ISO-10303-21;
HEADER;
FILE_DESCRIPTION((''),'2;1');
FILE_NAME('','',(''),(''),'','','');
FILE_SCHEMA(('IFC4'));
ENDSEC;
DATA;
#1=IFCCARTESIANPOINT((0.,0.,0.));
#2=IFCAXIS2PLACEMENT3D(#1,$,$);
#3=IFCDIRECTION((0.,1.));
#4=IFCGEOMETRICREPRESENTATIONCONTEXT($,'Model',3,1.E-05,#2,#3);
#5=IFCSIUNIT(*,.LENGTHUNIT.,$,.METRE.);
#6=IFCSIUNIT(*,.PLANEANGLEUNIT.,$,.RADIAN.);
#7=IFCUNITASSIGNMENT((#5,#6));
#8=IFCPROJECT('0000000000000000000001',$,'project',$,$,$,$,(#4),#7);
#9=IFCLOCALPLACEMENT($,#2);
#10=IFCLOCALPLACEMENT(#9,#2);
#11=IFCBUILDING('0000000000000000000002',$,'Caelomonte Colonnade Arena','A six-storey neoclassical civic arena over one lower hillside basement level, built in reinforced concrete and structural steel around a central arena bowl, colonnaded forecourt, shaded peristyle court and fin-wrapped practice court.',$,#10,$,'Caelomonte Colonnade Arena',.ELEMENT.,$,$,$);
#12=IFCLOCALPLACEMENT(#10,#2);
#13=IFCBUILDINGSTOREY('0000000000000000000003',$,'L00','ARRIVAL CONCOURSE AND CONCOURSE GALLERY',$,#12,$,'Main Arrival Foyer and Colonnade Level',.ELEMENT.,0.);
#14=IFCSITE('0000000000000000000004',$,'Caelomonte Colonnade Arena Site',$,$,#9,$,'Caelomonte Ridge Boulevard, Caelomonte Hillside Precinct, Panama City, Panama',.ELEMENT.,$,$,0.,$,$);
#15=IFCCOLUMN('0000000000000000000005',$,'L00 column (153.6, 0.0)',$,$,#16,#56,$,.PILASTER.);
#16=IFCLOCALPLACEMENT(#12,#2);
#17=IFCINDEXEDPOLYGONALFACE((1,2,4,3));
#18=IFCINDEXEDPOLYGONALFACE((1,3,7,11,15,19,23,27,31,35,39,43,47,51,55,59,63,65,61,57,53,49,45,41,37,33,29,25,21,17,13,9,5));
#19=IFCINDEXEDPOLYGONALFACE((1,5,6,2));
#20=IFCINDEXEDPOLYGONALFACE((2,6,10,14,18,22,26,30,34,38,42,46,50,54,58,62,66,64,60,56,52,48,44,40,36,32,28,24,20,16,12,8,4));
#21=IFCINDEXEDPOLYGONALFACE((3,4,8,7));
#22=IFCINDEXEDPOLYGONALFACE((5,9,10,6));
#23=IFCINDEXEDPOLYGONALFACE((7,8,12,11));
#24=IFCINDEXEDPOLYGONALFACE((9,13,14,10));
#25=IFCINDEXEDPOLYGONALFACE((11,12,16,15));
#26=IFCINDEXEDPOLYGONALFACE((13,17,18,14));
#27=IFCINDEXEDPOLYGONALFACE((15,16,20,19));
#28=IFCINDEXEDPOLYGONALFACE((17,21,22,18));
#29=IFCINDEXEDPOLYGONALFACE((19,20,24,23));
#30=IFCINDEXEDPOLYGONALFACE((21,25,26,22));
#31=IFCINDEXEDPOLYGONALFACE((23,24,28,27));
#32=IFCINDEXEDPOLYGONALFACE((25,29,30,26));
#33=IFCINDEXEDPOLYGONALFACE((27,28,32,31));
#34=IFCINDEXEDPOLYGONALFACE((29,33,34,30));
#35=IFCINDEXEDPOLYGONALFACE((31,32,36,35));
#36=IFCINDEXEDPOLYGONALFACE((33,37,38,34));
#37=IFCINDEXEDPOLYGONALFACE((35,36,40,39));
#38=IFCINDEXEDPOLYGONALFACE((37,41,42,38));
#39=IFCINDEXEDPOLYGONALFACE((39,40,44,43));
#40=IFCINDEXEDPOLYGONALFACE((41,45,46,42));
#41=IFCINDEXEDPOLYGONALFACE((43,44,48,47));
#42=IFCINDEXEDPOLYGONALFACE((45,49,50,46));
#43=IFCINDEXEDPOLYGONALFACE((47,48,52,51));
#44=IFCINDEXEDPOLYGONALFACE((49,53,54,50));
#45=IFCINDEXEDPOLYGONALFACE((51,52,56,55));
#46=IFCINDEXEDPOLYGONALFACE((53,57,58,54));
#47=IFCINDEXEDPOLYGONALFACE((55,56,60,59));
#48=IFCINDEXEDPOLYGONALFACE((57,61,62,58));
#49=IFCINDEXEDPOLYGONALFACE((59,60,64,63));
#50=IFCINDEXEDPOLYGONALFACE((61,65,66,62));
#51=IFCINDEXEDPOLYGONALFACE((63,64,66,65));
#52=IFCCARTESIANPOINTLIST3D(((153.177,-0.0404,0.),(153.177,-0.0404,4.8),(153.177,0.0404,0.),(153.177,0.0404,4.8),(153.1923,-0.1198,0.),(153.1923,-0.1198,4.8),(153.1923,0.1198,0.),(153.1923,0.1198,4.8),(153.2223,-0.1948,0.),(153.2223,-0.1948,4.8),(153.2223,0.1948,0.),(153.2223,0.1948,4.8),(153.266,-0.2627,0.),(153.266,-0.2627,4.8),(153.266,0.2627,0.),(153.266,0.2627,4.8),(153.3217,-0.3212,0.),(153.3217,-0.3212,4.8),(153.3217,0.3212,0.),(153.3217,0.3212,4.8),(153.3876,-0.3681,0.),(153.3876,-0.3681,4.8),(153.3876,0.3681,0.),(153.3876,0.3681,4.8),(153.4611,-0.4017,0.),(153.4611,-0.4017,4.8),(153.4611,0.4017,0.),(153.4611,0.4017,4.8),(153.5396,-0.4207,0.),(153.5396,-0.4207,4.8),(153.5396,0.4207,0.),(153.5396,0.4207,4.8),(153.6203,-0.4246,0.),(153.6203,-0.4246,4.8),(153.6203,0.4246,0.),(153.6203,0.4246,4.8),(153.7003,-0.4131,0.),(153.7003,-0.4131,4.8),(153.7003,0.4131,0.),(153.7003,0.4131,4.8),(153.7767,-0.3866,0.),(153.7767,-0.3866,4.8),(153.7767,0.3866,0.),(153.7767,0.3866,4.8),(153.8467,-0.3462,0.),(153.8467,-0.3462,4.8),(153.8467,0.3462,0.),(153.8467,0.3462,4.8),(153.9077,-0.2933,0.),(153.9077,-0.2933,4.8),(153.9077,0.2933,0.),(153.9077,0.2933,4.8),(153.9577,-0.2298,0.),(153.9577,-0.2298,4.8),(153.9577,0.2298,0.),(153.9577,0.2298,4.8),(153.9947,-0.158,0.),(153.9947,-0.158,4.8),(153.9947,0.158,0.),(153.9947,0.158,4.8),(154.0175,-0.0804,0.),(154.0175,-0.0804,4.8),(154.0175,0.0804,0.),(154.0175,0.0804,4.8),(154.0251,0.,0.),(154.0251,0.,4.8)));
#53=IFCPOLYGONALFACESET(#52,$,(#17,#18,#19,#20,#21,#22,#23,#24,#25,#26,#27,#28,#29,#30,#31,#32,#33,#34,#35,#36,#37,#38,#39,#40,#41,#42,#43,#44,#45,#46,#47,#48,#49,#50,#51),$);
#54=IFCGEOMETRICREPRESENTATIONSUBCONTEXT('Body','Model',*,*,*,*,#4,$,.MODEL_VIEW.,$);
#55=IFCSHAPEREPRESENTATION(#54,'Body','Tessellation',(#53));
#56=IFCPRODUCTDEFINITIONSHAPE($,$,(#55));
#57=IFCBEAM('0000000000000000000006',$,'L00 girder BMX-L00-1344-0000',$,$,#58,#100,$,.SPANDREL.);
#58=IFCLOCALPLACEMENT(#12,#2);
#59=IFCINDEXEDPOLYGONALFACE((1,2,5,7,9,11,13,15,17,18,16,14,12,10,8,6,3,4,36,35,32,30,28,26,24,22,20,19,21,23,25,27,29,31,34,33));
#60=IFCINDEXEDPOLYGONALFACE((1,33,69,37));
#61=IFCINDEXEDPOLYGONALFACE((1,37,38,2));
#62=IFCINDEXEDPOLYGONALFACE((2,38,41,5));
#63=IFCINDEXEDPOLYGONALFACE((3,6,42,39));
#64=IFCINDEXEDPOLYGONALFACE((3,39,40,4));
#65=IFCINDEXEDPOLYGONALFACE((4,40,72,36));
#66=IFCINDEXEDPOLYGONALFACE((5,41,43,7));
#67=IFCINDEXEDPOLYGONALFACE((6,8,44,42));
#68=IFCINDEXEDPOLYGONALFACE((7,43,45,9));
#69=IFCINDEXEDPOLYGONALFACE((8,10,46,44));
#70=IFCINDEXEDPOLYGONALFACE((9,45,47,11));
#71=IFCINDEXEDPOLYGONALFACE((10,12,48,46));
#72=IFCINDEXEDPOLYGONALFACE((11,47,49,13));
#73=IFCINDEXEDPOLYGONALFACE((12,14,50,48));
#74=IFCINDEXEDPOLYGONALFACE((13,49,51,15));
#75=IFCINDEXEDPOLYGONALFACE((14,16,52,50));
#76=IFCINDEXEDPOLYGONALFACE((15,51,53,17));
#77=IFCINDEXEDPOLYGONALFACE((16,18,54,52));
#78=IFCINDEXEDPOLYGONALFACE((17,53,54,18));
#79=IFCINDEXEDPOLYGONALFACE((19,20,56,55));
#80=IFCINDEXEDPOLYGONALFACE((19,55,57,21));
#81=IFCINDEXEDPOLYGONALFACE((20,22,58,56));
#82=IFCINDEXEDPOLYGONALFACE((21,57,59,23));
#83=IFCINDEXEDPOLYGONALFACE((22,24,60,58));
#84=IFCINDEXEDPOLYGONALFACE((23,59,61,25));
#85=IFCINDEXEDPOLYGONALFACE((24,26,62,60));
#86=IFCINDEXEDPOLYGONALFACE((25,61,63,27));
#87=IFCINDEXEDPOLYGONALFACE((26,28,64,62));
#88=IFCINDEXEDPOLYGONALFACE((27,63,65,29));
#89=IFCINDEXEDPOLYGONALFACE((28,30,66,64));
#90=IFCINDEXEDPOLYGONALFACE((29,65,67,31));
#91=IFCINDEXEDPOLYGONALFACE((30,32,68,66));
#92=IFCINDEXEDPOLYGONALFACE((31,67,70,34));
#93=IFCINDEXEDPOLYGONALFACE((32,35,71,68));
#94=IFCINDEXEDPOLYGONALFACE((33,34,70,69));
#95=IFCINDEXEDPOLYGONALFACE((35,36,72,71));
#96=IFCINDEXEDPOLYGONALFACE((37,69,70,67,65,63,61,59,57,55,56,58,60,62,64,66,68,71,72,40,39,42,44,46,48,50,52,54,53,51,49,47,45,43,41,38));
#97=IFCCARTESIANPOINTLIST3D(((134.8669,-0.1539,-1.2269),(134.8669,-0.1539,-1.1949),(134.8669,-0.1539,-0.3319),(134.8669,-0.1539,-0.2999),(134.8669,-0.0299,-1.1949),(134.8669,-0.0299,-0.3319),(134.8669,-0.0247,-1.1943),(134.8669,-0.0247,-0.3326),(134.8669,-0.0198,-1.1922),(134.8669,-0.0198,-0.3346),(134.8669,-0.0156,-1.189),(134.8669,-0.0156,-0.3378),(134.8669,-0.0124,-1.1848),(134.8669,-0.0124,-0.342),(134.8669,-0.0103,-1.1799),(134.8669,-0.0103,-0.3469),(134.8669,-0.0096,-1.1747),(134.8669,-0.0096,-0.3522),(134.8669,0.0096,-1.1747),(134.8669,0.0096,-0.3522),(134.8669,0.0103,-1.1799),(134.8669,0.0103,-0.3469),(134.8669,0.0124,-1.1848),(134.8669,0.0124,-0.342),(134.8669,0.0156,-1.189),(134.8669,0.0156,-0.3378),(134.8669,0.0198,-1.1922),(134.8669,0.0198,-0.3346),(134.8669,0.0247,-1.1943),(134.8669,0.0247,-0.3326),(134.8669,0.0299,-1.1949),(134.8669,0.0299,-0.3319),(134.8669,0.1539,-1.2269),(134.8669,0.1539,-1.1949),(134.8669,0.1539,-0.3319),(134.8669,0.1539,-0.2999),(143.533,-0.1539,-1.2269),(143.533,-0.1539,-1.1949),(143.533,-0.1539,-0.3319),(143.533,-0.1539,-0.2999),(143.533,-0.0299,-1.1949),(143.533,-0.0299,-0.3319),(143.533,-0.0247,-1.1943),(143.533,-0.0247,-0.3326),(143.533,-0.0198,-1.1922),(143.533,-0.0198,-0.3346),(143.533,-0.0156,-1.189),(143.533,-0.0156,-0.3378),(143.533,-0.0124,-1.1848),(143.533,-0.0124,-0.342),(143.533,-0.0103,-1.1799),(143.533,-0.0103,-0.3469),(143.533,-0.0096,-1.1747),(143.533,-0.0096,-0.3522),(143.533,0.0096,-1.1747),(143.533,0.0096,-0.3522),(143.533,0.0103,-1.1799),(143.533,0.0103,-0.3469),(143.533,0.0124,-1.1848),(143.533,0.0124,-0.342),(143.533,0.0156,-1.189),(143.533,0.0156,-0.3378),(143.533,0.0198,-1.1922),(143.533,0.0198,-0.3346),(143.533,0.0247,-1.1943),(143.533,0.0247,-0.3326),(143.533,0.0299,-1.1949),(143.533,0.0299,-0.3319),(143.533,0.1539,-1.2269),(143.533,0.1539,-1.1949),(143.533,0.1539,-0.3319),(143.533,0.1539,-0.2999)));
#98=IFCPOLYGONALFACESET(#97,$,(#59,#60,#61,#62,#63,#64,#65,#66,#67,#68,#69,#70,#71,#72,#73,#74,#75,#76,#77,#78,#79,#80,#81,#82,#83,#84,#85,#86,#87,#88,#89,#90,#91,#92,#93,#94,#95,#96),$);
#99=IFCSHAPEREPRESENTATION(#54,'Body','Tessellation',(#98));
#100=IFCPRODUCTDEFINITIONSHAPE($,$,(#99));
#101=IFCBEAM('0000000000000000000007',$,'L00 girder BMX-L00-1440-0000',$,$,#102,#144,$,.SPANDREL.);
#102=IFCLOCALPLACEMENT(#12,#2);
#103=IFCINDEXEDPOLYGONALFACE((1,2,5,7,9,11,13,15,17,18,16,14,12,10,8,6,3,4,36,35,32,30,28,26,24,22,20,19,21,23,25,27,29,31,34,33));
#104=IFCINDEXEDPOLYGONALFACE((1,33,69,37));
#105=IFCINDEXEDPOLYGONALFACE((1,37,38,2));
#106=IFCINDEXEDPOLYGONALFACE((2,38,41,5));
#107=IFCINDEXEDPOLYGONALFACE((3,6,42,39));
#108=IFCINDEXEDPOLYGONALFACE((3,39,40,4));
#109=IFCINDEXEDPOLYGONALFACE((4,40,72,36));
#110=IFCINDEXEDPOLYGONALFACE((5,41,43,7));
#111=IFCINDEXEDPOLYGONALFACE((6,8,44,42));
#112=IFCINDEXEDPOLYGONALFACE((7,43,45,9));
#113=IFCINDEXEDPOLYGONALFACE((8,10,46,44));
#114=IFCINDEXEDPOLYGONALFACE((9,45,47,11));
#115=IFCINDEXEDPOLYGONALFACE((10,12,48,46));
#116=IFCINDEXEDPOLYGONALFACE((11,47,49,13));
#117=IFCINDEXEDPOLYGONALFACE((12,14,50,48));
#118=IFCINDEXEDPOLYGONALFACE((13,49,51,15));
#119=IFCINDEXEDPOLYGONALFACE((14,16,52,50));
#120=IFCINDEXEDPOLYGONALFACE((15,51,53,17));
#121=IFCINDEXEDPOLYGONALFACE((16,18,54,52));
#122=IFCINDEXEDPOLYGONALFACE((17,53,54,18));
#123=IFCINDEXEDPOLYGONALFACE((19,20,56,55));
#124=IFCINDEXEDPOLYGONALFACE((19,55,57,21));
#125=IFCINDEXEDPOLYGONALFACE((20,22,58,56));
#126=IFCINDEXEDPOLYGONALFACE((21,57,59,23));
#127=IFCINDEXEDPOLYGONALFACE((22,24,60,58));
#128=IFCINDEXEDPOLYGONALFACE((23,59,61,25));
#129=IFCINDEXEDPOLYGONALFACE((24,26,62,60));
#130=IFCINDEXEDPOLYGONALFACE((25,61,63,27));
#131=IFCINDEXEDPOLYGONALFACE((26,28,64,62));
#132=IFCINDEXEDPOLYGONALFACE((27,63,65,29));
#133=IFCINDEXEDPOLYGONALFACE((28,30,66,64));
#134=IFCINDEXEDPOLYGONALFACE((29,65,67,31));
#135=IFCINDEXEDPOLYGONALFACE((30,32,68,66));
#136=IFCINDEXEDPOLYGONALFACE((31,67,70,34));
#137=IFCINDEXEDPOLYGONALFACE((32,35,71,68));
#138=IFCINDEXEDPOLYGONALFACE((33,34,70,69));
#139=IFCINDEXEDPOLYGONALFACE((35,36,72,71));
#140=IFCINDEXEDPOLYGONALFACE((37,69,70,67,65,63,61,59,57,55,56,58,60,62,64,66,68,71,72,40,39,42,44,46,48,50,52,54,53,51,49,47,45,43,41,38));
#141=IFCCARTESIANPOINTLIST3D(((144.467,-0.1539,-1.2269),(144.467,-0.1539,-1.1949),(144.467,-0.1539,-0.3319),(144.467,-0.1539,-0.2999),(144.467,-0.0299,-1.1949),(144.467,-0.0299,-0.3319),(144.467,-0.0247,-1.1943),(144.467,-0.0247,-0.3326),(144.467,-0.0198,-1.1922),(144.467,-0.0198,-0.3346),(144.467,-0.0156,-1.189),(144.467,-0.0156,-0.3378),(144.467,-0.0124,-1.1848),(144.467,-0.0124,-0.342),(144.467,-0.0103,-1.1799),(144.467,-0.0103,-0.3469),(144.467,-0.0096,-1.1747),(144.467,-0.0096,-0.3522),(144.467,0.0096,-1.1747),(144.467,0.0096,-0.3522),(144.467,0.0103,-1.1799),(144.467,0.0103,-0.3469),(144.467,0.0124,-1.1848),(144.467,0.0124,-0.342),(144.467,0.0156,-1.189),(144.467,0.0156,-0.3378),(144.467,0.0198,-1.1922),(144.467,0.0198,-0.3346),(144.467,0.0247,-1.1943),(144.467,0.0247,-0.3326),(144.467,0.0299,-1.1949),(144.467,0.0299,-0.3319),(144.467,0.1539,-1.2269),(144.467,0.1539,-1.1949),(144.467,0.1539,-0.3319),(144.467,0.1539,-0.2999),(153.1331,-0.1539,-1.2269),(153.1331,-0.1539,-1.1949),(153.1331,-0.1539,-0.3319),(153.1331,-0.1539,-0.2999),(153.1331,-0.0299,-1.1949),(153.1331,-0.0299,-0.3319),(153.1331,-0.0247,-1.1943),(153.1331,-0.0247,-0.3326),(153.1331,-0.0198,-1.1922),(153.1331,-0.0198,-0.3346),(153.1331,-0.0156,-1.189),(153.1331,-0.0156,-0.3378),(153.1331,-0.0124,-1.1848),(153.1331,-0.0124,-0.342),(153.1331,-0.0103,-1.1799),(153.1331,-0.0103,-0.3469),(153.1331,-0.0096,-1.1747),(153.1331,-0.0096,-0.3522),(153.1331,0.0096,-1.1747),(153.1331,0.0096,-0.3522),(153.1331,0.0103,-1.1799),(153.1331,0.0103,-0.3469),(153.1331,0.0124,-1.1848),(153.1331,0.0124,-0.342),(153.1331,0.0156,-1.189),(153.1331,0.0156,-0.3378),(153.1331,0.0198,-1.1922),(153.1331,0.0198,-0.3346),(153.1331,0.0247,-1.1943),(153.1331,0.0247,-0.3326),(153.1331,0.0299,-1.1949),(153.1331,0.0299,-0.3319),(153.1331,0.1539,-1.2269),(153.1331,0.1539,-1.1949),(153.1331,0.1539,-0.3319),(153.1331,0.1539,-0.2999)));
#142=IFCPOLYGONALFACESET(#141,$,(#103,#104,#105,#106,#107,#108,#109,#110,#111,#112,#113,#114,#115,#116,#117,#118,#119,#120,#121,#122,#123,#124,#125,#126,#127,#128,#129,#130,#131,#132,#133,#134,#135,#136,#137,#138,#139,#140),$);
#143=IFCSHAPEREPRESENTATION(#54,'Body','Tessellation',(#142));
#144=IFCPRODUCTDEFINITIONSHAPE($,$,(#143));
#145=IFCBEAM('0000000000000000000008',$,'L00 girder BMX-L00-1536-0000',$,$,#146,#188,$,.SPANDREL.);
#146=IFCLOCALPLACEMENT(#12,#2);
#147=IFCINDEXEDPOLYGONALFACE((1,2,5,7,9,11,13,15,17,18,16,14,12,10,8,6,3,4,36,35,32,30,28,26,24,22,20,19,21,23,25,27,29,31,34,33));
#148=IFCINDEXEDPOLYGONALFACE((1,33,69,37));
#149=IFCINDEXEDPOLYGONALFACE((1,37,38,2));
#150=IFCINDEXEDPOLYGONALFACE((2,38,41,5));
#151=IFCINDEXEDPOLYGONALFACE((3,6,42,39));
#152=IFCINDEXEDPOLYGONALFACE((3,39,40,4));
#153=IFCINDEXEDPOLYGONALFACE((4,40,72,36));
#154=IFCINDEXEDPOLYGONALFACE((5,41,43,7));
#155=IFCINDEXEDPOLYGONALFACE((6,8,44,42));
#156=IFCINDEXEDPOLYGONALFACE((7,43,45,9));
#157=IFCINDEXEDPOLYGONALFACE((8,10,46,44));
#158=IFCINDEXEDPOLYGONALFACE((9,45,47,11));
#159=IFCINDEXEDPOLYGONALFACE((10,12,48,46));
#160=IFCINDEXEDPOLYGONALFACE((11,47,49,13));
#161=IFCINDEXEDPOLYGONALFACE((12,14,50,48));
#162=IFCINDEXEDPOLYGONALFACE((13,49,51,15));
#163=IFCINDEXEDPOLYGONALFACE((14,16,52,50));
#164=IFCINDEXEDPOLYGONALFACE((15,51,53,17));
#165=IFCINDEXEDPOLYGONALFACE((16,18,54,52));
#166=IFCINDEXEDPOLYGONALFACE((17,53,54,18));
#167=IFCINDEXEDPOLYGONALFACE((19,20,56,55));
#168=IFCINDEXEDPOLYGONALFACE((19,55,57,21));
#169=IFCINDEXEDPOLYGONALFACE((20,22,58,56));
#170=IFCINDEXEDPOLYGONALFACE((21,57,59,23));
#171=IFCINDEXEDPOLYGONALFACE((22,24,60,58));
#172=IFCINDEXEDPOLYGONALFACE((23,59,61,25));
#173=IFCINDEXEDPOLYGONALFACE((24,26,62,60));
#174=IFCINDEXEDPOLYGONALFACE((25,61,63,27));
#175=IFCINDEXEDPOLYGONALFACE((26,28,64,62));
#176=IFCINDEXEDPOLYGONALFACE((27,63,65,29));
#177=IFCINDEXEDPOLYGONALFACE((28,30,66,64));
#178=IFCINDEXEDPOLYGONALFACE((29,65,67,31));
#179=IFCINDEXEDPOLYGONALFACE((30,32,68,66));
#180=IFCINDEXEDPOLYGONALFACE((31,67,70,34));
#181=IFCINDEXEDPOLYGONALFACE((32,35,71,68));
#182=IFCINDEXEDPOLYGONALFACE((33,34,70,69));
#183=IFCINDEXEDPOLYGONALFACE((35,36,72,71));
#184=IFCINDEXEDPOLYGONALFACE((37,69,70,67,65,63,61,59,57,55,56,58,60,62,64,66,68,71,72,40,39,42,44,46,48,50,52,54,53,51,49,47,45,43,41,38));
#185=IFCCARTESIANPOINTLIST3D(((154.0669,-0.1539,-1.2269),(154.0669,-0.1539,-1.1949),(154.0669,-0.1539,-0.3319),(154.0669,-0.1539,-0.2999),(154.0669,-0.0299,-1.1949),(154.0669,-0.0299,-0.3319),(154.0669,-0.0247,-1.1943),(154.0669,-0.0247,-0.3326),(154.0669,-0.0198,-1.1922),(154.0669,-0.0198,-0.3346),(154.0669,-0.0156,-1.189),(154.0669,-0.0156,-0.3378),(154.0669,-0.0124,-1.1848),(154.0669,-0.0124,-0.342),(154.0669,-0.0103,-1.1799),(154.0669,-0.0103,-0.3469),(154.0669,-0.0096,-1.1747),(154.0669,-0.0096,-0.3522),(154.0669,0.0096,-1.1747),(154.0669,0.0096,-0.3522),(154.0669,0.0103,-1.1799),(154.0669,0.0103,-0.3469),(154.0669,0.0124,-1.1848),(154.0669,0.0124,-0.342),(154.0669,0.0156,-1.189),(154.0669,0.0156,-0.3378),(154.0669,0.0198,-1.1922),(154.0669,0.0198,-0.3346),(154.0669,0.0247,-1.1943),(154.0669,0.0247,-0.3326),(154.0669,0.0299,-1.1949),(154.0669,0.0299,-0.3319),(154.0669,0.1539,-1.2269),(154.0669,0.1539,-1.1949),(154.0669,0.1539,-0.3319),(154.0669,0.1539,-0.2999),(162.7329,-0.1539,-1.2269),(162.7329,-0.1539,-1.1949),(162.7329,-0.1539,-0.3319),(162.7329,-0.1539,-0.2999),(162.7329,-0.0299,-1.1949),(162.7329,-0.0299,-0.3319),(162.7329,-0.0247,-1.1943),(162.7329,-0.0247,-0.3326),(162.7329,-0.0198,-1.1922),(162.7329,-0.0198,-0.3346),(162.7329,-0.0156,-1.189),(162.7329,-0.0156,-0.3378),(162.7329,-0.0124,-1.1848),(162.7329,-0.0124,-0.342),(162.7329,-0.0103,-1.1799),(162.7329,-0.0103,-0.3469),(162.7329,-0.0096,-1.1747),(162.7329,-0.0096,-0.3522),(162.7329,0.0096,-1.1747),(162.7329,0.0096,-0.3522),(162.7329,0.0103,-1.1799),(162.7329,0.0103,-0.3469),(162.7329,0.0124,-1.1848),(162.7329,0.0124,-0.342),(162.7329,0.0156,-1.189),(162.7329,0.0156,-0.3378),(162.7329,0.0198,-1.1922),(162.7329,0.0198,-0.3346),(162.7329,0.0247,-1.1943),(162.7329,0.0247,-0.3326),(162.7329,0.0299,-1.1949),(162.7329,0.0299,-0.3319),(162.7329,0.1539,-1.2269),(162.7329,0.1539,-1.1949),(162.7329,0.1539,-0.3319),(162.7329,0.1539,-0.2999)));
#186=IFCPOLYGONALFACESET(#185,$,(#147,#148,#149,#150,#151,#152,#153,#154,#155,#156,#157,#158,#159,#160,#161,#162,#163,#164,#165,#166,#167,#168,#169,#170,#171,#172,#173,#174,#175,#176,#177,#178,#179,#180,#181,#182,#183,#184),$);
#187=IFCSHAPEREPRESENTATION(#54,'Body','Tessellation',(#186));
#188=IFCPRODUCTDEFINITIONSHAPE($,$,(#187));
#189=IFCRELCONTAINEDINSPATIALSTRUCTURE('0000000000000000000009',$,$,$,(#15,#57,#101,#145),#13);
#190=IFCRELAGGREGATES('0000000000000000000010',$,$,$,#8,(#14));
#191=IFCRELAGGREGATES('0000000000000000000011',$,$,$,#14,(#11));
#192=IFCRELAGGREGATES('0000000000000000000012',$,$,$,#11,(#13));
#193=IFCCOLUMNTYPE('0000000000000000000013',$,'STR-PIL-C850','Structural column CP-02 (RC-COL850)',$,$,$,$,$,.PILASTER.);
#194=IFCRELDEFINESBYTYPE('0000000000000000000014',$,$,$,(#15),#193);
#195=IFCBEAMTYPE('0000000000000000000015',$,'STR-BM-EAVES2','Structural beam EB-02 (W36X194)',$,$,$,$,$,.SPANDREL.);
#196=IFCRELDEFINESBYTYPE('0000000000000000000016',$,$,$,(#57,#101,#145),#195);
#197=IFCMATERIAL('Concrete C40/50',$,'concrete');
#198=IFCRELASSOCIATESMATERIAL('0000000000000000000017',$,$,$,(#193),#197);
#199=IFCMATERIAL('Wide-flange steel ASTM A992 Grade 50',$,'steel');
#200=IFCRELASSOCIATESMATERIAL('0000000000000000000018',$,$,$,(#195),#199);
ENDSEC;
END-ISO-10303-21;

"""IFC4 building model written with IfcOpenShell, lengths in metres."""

from ifc_helpers import new_model, si_unit, direction, frame, origin, origin_2d, place, context, subcontext, project, spatial, circle, i_section, extrude, material, material_profile, profile_set, type_object, element, save


model = new_model("IFC4")

# Units and contexts
model_context = context("Model", 3, precision=1e-05, world=origin(), true_north=direction((0.0, 1.0)))
body_context = subcontext(model_context, "Body", "Model", "MODEL_VIEW")
ifc_project = project(units=[si_unit("LENGTHUNIT", "METRE"), si_unit("PLANEANGLEUNIT", "RADIAN")], contexts=[model_context])

# Site, building, storey
site_placement = place(None, origin())
site = spatial("IfcSite", under=ifc_project, at=site_placement, Name="Caelomonte Colonnade Arena Site", LongName="Caelomonte Ridge Boulevard, Caelomonte Hillside Precinct, Panama City, Panama", CompositionType="ELEMENT", RefElevation=0.0)
building_placement = place(site_placement, origin())
building = spatial("IfcBuilding", under=site, at=building_placement, Name="Caelomonte Colonnade Arena", Description="A six-storey neoclassical civic arena over one lower hillside basement level, built in reinforced concrete and structural steel around a central arena bowl, colonnaded forecourt, shaded peristyle court and fin-wrapped practice court.", LongName="Caelomonte Colonnade Arena", CompositionType="ELEMENT")
storey_placement = place(building_placement, origin())
storey = spatial("IfcBuildingStorey", under=building, at=storey_placement, Name="L00", Description="ARRIVAL CONCOURSE AND CONCOURSE GALLERY", LongName="Main Arrival Foyer and Colonnade Level", CompositionType="ELEMENT", Elevation=0.0)

# Column
ifc_material_1 = material(Name="Concrete C40/50", Category="concrete")
ifc_material_2 = material(Name="Wide-flange steel ASTM A992 Grade 50", Category="steel")
ifc_material_profile_1 = material_profile(ifc_material_1, circle(Radius=0.425, at=origin_2d()), Name="RC-COL850")
ifc_profile_set_1 = profile_set([ifc_material_profile_1], Name="Concrete C40/50")
column_type_1 = type_object("IfcColumnType", Name="STR-PIL-C850", Description="Structural column CP-02 (RC-COL850)", PredefinedType="PILASTER", material=ifc_profile_set_1)
for number, where, z_axis, x_axis, name in (
    (1, (153.6001, 0.0, 0.0), (0.0, 0.0, 1.0), (1.0, 0.0, 0.0), "L00 column (153.6, 0.0)"),
):
    element("IfcColumn", number, at=place(storey_placement, frame(where, z_axis=z_axis, x_axis=x_axis)), inside=storey, type_object=column_type_1, Name=name, PredefinedType="PILASTER", context=body_context, shape_type="SweptSolid", body=[
        extrude(circle(Radius=0.425, at=origin_2d()), origin(), (0.0, 0.0, 1.0), 4.8),
    ])

# Beams
ifc_material_profile_2 = material_profile(ifc_material_2, i_section(OverallWidth=0.3079, OverallDepth=0.927, WebThickness=0.0193, FlangeThickness=0.032, FilletRadius=0.0203, at=origin_2d()), Name="W36X194")
ifc_profile_set_2 = profile_set([ifc_material_profile_2], Name="Wide-flange steel ASTM A992 Grade 50")
beam_type_1 = type_object("IfcBeamType", Name="STR-BM-EAVES2", Description="Structural beam EB-02 (W36X194)", PredefinedType="SPANDREL", material=ifc_profile_set_2)
for number, where, z_axis, x_axis, name in (
    (2, (134.8669, 0.0, -0.7634), (1.0, 0.0, 0.0), (0.0, 1.0, 0.0), "L00 girder BMX-L00-1344-0000"),
    (3, (144.467, 0.0, -0.7634), (1.0, 0.0, 0.0), (0.0, 1.0, 0.0), "L00 girder BMX-L00-1440-0000"),
    (4, (154.0669, 0.0, -0.7634), (1.0, 0.0, 0.0), (0.0, 1.0, 0.0), "L00 girder BMX-L00-1536-0000"),
):
    element("IfcBeam", number, at=place(storey_placement, frame(where, z_axis=z_axis, x_axis=x_axis)), inside=storey, type_object=beam_type_1, Name=name, PredefinedType="SPANDREL", context=body_context, shape_type="SweptSolid", body=[
        extrude(i_section(OverallWidth=0.3079, OverallDepth=0.927, WebThickness=0.0193, FlangeThickness=0.032, FilletRadius=0.0203, at=origin_2d()), origin(), (0.0, 0.0, 1.0), 8.666),
    ])

save(model, "model.ifc")
